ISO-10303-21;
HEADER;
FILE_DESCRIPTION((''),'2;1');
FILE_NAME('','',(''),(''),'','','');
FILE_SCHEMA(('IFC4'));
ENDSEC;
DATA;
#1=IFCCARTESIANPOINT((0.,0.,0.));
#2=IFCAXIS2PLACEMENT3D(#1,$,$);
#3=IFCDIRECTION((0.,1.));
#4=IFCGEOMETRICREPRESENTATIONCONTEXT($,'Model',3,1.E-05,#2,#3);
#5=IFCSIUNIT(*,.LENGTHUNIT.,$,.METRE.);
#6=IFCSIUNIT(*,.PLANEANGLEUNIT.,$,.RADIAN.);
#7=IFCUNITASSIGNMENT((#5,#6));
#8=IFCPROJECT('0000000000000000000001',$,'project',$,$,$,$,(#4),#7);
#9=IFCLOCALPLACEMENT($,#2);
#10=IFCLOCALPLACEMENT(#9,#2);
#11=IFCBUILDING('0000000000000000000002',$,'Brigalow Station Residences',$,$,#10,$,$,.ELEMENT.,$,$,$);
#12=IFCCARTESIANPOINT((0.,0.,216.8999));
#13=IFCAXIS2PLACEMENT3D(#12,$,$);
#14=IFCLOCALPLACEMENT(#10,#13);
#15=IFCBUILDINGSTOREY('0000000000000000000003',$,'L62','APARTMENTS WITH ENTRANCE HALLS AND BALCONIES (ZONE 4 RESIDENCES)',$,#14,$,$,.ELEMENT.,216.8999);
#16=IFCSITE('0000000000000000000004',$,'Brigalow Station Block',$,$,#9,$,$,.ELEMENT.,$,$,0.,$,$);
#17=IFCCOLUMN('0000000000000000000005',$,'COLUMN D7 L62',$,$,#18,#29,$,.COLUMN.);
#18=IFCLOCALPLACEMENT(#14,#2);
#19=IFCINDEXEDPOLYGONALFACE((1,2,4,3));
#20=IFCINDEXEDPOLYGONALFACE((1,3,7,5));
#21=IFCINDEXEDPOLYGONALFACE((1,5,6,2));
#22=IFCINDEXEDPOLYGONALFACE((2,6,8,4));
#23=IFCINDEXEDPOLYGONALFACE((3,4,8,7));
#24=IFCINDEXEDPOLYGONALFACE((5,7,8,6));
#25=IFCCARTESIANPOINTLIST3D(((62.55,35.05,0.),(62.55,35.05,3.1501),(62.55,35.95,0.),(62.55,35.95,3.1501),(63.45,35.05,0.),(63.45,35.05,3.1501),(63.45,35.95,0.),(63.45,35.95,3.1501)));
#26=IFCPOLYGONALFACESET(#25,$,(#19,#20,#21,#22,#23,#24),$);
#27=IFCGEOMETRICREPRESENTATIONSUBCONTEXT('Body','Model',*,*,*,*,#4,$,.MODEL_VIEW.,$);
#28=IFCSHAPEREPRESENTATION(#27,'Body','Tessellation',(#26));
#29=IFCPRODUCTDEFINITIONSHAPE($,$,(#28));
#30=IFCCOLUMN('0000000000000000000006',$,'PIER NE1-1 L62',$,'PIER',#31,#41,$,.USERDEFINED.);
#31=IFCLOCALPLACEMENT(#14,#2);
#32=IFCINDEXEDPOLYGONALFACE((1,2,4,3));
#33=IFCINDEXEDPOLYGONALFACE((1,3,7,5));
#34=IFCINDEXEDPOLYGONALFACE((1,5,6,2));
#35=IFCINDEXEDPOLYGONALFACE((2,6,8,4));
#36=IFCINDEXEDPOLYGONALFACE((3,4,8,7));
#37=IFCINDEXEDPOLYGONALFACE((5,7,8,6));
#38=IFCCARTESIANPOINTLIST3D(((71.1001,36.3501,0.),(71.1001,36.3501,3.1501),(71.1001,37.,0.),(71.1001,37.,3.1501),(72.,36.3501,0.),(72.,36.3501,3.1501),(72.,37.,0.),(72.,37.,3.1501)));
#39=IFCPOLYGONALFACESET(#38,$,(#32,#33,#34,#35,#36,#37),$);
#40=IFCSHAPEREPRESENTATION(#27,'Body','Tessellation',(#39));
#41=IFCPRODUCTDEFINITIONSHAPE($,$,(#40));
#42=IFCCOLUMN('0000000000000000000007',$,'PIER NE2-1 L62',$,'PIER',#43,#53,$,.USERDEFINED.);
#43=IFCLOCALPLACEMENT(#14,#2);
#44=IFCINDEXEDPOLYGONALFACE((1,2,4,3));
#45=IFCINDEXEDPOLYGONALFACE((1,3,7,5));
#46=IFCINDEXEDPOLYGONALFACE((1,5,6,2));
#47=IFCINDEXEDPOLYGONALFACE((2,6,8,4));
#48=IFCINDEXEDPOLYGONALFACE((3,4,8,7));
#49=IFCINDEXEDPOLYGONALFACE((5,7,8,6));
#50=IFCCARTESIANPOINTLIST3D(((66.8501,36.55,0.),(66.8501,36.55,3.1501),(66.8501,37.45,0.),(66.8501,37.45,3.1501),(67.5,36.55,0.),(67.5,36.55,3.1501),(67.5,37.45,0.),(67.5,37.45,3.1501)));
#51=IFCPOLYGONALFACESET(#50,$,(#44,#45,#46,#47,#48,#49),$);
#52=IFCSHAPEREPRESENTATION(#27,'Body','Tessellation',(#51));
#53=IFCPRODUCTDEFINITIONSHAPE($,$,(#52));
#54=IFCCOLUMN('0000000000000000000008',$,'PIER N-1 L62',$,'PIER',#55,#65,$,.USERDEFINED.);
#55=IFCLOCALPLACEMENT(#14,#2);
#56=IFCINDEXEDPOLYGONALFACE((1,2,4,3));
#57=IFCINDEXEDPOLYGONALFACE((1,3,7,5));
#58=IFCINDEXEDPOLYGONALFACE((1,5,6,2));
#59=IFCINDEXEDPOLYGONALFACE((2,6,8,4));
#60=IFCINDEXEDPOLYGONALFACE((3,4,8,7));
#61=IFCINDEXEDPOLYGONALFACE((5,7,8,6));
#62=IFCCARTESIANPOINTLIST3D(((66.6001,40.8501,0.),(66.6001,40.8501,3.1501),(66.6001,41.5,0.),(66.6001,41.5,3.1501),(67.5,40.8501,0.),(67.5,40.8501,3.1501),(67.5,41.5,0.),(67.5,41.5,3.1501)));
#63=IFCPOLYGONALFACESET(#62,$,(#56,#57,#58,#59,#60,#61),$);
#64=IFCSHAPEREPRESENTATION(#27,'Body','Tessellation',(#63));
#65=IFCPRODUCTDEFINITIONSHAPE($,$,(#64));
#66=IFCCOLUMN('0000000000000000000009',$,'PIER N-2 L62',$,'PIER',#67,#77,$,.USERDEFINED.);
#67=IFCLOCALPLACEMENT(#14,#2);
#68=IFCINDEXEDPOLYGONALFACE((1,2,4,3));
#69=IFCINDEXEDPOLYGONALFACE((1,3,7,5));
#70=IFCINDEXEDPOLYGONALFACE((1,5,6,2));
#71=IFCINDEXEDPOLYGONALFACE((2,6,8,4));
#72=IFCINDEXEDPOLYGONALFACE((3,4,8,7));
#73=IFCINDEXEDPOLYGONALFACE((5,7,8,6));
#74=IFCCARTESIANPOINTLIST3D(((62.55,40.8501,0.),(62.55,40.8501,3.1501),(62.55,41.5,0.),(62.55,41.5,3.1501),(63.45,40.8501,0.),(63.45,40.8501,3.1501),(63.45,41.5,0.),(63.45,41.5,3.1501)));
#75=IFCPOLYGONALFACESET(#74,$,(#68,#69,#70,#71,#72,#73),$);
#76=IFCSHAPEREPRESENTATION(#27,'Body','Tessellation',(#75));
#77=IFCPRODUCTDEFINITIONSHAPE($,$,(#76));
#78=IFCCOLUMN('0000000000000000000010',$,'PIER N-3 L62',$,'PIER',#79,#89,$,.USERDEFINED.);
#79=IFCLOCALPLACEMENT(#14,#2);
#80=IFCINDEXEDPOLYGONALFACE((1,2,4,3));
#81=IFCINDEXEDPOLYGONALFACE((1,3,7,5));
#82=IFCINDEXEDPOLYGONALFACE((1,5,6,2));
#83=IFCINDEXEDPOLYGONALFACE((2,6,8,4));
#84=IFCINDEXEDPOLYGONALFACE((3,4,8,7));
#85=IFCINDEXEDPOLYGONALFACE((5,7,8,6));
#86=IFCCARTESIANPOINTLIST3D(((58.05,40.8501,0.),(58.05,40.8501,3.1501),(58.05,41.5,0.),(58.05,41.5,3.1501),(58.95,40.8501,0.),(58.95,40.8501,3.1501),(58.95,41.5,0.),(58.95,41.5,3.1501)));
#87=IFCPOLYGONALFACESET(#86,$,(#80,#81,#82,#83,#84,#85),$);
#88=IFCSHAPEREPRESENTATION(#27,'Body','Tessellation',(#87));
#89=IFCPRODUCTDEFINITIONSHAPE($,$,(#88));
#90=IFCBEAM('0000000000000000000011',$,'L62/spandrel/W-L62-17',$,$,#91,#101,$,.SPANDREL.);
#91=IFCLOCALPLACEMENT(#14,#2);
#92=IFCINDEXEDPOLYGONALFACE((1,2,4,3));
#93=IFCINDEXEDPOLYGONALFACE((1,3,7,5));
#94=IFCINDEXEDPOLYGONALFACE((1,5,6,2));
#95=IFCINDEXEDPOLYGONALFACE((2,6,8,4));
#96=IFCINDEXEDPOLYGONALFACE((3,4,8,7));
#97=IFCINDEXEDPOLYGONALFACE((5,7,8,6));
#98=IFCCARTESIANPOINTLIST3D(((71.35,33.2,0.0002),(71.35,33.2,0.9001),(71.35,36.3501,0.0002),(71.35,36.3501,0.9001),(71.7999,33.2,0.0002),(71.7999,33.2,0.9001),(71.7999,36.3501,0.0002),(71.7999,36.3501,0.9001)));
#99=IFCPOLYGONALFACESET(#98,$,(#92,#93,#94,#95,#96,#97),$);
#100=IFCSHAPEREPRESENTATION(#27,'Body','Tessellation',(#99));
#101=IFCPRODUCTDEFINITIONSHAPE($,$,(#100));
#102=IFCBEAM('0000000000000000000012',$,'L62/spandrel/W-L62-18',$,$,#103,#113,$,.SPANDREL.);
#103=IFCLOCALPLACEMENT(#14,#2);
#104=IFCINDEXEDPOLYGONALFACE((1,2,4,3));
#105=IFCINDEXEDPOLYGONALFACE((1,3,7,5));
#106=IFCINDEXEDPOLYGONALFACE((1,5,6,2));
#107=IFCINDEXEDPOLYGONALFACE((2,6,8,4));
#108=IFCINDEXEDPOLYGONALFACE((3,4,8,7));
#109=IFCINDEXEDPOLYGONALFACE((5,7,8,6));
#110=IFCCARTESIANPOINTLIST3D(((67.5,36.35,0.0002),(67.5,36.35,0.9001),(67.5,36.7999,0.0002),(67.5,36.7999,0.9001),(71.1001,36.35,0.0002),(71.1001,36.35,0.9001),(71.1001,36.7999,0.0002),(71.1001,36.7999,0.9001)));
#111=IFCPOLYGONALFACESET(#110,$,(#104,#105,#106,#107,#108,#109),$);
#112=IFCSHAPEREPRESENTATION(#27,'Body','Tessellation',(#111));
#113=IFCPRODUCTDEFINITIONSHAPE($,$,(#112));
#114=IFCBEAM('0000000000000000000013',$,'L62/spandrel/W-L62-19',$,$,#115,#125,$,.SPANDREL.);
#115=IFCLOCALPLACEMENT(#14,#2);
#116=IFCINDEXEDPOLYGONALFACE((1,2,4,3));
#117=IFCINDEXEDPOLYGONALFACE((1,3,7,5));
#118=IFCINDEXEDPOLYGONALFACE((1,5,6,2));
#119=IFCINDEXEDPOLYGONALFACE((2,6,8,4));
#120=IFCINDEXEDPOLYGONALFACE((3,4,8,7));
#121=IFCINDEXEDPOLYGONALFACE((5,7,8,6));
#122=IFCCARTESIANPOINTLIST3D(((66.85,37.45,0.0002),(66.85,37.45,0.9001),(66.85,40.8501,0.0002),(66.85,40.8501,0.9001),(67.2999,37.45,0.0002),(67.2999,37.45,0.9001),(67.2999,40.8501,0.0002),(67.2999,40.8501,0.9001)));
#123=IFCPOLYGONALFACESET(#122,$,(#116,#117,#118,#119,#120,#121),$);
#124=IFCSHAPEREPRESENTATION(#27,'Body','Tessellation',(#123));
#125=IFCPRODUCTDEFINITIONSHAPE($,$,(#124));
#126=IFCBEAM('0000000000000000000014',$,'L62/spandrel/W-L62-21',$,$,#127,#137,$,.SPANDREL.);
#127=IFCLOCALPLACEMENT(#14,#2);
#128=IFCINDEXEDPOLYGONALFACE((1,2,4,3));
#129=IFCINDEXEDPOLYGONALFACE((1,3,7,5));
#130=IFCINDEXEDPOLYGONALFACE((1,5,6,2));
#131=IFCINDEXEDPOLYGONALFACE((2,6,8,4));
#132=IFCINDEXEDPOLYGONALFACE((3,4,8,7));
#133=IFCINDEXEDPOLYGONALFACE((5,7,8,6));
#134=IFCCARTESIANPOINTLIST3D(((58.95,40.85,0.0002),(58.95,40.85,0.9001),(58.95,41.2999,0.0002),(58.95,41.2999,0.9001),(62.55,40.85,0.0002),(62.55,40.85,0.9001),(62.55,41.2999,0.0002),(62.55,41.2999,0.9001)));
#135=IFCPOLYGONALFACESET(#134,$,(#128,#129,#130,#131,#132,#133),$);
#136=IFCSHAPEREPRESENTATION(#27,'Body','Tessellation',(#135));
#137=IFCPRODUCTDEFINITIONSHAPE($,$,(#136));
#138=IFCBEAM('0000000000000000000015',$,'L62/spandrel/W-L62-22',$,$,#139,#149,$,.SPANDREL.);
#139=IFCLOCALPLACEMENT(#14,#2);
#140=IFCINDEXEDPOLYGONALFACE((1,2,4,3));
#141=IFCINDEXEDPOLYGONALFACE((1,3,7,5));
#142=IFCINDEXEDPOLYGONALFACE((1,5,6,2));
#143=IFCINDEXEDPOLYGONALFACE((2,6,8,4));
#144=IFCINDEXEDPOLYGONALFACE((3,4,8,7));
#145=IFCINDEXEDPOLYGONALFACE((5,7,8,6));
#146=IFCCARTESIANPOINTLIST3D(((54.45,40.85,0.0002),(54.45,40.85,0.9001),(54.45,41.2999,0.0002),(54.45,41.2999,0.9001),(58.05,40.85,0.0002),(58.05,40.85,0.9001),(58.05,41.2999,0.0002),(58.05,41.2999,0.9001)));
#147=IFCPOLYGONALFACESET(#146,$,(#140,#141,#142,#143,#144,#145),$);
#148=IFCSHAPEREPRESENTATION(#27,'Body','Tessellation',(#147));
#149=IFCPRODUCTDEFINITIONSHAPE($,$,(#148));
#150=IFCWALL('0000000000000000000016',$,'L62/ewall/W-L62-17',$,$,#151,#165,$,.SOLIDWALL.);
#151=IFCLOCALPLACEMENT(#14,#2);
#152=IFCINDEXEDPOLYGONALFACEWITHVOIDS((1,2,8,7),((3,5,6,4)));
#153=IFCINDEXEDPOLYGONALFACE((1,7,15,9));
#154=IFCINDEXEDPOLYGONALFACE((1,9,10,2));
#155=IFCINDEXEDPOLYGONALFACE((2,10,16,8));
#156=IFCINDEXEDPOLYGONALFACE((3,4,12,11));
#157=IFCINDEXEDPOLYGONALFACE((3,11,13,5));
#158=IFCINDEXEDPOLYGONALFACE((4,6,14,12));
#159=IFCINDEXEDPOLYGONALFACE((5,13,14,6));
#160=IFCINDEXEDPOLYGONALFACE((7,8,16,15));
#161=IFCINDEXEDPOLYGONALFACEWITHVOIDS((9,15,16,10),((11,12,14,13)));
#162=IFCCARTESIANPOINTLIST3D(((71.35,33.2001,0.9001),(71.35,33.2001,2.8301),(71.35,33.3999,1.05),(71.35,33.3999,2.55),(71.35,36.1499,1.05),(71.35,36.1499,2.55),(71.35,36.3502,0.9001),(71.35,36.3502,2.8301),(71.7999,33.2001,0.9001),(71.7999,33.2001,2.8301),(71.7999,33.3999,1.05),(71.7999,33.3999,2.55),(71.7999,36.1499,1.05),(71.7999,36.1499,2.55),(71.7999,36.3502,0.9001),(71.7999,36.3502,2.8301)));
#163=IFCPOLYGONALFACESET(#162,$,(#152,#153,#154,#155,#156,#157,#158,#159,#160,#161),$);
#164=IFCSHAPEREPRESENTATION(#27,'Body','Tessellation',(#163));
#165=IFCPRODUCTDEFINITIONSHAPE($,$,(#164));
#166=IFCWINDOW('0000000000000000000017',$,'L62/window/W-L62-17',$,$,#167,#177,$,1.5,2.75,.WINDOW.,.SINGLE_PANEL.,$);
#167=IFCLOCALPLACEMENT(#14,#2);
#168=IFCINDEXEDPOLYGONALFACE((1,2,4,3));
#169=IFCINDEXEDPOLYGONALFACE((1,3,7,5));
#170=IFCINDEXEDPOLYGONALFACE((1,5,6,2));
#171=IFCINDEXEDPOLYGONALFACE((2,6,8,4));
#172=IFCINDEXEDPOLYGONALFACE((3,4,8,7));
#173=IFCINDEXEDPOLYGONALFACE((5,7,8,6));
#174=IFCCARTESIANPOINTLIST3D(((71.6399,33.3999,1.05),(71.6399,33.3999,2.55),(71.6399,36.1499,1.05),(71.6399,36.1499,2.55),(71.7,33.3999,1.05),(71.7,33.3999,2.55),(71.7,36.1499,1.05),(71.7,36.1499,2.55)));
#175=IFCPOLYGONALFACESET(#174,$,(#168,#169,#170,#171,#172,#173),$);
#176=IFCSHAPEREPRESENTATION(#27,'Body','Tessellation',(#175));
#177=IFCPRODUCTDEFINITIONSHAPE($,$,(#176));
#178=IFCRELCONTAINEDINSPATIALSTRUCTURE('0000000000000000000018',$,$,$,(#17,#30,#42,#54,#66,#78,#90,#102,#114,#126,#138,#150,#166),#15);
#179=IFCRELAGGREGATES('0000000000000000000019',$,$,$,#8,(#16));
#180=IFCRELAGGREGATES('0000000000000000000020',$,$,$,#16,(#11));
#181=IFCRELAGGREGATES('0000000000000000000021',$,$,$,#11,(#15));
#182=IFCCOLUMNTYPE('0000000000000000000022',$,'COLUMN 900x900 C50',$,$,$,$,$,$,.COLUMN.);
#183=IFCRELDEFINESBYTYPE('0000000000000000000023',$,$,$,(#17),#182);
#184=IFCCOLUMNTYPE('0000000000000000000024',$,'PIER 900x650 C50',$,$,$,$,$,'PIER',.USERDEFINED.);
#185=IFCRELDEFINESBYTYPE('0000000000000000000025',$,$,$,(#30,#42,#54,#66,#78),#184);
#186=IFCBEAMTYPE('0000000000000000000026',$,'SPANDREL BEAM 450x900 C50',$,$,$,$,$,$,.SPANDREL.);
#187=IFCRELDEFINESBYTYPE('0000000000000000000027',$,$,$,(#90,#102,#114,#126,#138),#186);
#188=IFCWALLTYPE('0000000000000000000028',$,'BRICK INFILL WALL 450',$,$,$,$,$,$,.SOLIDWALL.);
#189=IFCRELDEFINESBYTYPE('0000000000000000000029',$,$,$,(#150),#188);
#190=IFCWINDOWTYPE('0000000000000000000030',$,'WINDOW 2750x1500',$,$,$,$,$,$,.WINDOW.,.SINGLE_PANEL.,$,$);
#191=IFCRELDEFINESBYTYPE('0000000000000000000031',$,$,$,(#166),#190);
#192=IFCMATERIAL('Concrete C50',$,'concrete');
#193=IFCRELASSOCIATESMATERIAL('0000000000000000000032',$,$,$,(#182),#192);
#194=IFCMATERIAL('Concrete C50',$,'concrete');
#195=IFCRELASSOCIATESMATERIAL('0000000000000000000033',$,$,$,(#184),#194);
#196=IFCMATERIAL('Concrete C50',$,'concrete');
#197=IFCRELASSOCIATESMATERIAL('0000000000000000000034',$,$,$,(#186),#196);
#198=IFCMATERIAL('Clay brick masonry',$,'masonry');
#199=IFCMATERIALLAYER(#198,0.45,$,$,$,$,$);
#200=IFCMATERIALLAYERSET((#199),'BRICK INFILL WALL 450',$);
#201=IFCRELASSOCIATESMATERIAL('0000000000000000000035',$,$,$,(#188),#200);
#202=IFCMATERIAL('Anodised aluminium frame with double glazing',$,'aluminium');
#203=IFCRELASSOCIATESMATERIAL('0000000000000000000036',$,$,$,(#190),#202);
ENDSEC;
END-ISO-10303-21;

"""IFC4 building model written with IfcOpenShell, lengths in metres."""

from ifc_helpers import new_model, si_unit, direction, frame, frame_2d, origin, origin_2d, place, context, subcontext, project, spatial, rectangle, extrude, material, layer, layer_set, material_profile, profile_set, type_object, element, fill, save


model = new_model("IFC4")

# Units and contexts
model_context = context("Model", 3, precision=1e-05, world=origin(), true_north=direction((0.0, 1.0)))
body_context = subcontext(model_context, "Body", "Model", "MODEL_VIEW")
ifc_project = project(units=[si_unit("LENGTHUNIT", "METRE"), si_unit("PLANEANGLEUNIT", "RADIAN")], contexts=[model_context])

# Site, building, storey
site_placement = place(None, origin())
site = spatial("IfcSite", under=ifc_project, at=site_placement, Name="Brigalow Station Block", CompositionType="ELEMENT", RefElevation=0.0)
building_placement = place(site_placement, origin())
building = spatial("IfcBuilding", under=site, at=building_placement, Name="Brigalow Station Residences", CompositionType="ELEMENT")
storey_placement = place(building_placement, frame((0.0, 0.0, 216.8999)))
storey = spatial("IfcBuildingStorey", under=building, at=storey_placement, Name="L62", Description="APARTMENTS WITH ENTRANCE HALLS AND BALCONIES (ZONE 4 RESIDENCES)", CompositionType="ELEMENT", Elevation=216.8999)

# Columns
ifc_material_1 = material(Name="Concrete C50", Category="concrete")
ifc_material_profile_1 = material_profile(ifc_material_1, rectangle(XDim=0.8999, YDim=0.8999, at=origin_2d()), Name="RC900x900")
ifc_profile_set_1 = profile_set([ifc_material_profile_1], Name="Concrete C50")
column_type_1 = type_object("IfcColumnType", Name="COLUMN 900x900 C50", PredefinedType="COLUMN", material=ifc_profile_set_1)
column_placement = place(storey_placement, frame((63.0, 35.5, 0.0), z_axis=(0.0, 0.0, 1.0), x_axis=(1.0, 0.0, 0.0)))
element("IfcColumn", 1, at=column_placement, inside=storey, type_object=column_type_1, Name="COLUMN D7 L62", PredefinedType="COLUMN", context=body_context, shape_type="SweptSolid", body=[
    extrude(rectangle(XDim=0.8999, YDim=0.8999, at=origin_2d()), origin(), (0.0, 0.0, 1.0), 3.1501),
])
ifc_material_2 = material(Name="Concrete C50", Category="concrete")
ifc_material_profile_2 = material_profile(ifc_material_2, rectangle(XDim=0.8999, YDim=0.6499, at=origin_2d()), Name="RC900x650")
ifc_profile_set_2 = profile_set([ifc_material_profile_2], Name="Concrete C50")
column_type_2 = type_object("IfcColumnType", Name="PIER 900x650 C50", ElementType="PIER", PredefinedType="USERDEFINED", material=ifc_profile_set_2)
for number, where, z_axis, x_axis, name in (
    (2, (71.55, 36.675, 0.0), (0.0, 0.0, 1.0), (-1.0, 0.0, 0.0), "PIER NE1-1 L62"),
    (3, (67.175, 37.0, 0.0), (0.0, 0.0, 1.0), (0.0, 1.0, 0.0), "PIER NE2-1 L62"),
    (4, (67.05, 41.175, 0.0), (0.0, 0.0, 1.0), (-1.0, 0.0, 0.0), "PIER N-1 L62"),
    (5, (63.0, 41.175, 0.0), (0.0, 0.0, 1.0), (-1.0, 0.0, 0.0), "PIER N-2 L62"),
    (6, (58.5, 41.175, 0.0), (0.0, 0.0, 1.0), (-1.0, 0.0, 0.0), "PIER N-3 L62"),
):
    element("IfcColumn", number, at=place(storey_placement, frame(where, z_axis=z_axis, x_axis=x_axis)), inside=storey, type_object=column_type_2, Name=name, ObjectType="PIER", PredefinedType="USERDEFINED", context=body_context, shape_type="SweptSolid", body=[
        extrude(rectangle(XDim=0.8999, YDim=0.6499, at=origin_2d()), origin(), (0.0, 0.0, 1.0), 3.1501),
    ])

# Beams
ifc_material_3 = material(Name="Concrete C50", Category="concrete")
ifc_material_profile_3 = material_profile(ifc_material_3, rectangle(XDim=0.45, YDim=0.8999, at=origin_2d()), Name="RC450x900")
ifc_profile_set_3 = profile_set([ifc_material_profile_3], Name="Concrete C50")
beam_type = type_object("IfcBeamType", Name="SPANDREL BEAM 450x900 C50", PredefinedType="SPANDREL", material=ifc_profile_set_3)
beam_1_placement = place(storey_placement, frame((71.575, 33.2, 0.4502), z_axis=(0.0, 1.0, 0.0), x_axis=(-1.0, 0.0, 0.0)))
element("IfcBeam", 7, at=beam_1_placement, inside=storey, type_object=beam_type, Name="L62/spandrel/W-L62-17", PredefinedType="SPANDREL", context=body_context, shape_type="SweptSolid", body=[
    extrude(rectangle(XDim=0.45, YDim=0.8999, at=origin_2d()), origin(), (0.0, 0.0, 1.0), 3.1501),
])
beam_2_placement = place(storey_placement, frame((71.1001, 36.575, 0.4502), z_axis=(-1.0, 0.0, 0.0), x_axis=(0.0, -1.0, 0.0)))
element("IfcBeam", 8, at=beam_2_placement, inside=storey, type_object=beam_type, Name="L62/spandrel/W-L62-18", PredefinedType="SPANDREL", context=body_context, shape_type="SweptSolid", body=[
    extrude(rectangle(XDim=0.45, YDim=0.8999, at=origin_2d()), origin(), (0.0, 0.0, 1.0), 3.6001),
])
beam_3_placement = place(storey_placement, frame((67.075, 37.45, 0.4502), z_axis=(0.0, 1.0, 0.0), x_axis=(-1.0, 0.0, 0.0)))
element("IfcBeam", 9, at=beam_3_placement, inside=storey, type_object=beam_type, Name="L62/spandrel/W-L62-19", PredefinedType="SPANDREL", context=body_context, shape_type="SweptSolid", body=[
    extrude(rectangle(XDim=0.45, YDim=0.8999, at=origin_2d()), origin(), (0.0, 0.0, 1.0), 3.4001),
])
for number, where, z_axis, x_axis, name in (
    (10, (62.55, 41.075, 0.4502), (-1.0, 0.0, 0.0), (0.0, -1.0, 0.0), "L62/spandrel/W-L62-21"),
    (11, (58.05, 41.075, 0.4502), (-1.0, 0.0, 0.0), (0.0, -1.0, 0.0), "L62/spandrel/W-L62-22"),
):
    element("IfcBeam", number, at=place(storey_placement, frame(where, z_axis=z_axis, x_axis=x_axis)), inside=storey, type_object=beam_type, Name=name, PredefinedType="SPANDREL", context=body_context, shape_type="SweptSolid", body=[
        extrude(rectangle(XDim=0.45, YDim=0.8999, at=origin_2d()), origin(), (0.0, 0.0, 1.0), 3.6001),
    ])

# Wall, opening, window
ifc_material_4 = material(Name="Clay brick masonry", Category="masonry")
ifc_layer_1 = layer(ifc_material_4, 0.45)
ifc_layer_set_1 = layer_set([ifc_layer_1], Name="BRICK INFILL WALL 450")
wall_type_1 = type_object("IfcWallType", Name="BRICK INFILL WALL 450", PredefinedType="SOLIDWALL", material=ifc_layer_set_1)
wall_1_placement = place(storey_placement, frame((71.575, 33.2, 0.9001), z_axis=(0.0, 0.0, 1.0), x_axis=(0.0, 1.0, 0.0)))
wall_1 = element("IfcWall", 12, at=wall_1_placement, inside=storey, type_object=wall_type_1, Name="L62/ewall/W-L62-17", PredefinedType="SOLIDWALL", context=body_context, shape_type="SweptSolid", body=[
    extrude(rectangle(XDim=3.1501, YDim=0.45, at=frame_2d((1.5752, 0.0))), origin(), (0.0, 0.0, 1.0), 1.9299),
])
opening_1_placement = place(wall_1_placement, frame((0.2, 0.0, 0.1499)))
opening_1 = element("IfcOpeningElement", 13, at=opening_1_placement, cuts=wall_1, PredefinedType="OPENING", context=body_context, shape_type="SweptSolid", body=[
    extrude(rectangle(XDim=2.75, YDim=1.5, at=frame_2d((1.375, 0.75))), frame((0.0, 0.2349, 0.0), z_axis=(0.0, -1.0, 0.0), x_axis=(1.0, 0.0, 0.0)), (0.0, 0.0, 1.0), 0.47),
])
ifc_material_5 = material(Name="Anodised aluminium frame with double glazing", Category="aluminium")
window_type_1 = type_object("IfcWindowType", Name="WINDOW 2750x1500", PartitioningType="SINGLE_PANEL", PredefinedType="WINDOW", material=ifc_material_5)
window_1_placement = place(opening_1_placement, origin())
window_1 = element("IfcWindow", 14, at=window_1_placement, inside=storey, type_object=window_type_1, Name="L62/window/W-L62-17", OverallHeight=1.5, OverallWidth=2.75, PartitioningType="SINGLE_PANEL", PredefinedType="WINDOW", context=body_context, shape_type="SweptSolid", body=[
    extrude(rectangle(XDim=2.75, YDim=1.5, at=frame_2d((1.375, 0.75))), frame((0.0, -0.0649, 0.0), z_axis=(0.0, -1.0, 0.0), x_axis=(1.0, 0.0, 0.0)), (0.0, 0.0, 1.0), 0.0601),
])
fill(opening_1, window_1)

save(model, "model.ifc")
